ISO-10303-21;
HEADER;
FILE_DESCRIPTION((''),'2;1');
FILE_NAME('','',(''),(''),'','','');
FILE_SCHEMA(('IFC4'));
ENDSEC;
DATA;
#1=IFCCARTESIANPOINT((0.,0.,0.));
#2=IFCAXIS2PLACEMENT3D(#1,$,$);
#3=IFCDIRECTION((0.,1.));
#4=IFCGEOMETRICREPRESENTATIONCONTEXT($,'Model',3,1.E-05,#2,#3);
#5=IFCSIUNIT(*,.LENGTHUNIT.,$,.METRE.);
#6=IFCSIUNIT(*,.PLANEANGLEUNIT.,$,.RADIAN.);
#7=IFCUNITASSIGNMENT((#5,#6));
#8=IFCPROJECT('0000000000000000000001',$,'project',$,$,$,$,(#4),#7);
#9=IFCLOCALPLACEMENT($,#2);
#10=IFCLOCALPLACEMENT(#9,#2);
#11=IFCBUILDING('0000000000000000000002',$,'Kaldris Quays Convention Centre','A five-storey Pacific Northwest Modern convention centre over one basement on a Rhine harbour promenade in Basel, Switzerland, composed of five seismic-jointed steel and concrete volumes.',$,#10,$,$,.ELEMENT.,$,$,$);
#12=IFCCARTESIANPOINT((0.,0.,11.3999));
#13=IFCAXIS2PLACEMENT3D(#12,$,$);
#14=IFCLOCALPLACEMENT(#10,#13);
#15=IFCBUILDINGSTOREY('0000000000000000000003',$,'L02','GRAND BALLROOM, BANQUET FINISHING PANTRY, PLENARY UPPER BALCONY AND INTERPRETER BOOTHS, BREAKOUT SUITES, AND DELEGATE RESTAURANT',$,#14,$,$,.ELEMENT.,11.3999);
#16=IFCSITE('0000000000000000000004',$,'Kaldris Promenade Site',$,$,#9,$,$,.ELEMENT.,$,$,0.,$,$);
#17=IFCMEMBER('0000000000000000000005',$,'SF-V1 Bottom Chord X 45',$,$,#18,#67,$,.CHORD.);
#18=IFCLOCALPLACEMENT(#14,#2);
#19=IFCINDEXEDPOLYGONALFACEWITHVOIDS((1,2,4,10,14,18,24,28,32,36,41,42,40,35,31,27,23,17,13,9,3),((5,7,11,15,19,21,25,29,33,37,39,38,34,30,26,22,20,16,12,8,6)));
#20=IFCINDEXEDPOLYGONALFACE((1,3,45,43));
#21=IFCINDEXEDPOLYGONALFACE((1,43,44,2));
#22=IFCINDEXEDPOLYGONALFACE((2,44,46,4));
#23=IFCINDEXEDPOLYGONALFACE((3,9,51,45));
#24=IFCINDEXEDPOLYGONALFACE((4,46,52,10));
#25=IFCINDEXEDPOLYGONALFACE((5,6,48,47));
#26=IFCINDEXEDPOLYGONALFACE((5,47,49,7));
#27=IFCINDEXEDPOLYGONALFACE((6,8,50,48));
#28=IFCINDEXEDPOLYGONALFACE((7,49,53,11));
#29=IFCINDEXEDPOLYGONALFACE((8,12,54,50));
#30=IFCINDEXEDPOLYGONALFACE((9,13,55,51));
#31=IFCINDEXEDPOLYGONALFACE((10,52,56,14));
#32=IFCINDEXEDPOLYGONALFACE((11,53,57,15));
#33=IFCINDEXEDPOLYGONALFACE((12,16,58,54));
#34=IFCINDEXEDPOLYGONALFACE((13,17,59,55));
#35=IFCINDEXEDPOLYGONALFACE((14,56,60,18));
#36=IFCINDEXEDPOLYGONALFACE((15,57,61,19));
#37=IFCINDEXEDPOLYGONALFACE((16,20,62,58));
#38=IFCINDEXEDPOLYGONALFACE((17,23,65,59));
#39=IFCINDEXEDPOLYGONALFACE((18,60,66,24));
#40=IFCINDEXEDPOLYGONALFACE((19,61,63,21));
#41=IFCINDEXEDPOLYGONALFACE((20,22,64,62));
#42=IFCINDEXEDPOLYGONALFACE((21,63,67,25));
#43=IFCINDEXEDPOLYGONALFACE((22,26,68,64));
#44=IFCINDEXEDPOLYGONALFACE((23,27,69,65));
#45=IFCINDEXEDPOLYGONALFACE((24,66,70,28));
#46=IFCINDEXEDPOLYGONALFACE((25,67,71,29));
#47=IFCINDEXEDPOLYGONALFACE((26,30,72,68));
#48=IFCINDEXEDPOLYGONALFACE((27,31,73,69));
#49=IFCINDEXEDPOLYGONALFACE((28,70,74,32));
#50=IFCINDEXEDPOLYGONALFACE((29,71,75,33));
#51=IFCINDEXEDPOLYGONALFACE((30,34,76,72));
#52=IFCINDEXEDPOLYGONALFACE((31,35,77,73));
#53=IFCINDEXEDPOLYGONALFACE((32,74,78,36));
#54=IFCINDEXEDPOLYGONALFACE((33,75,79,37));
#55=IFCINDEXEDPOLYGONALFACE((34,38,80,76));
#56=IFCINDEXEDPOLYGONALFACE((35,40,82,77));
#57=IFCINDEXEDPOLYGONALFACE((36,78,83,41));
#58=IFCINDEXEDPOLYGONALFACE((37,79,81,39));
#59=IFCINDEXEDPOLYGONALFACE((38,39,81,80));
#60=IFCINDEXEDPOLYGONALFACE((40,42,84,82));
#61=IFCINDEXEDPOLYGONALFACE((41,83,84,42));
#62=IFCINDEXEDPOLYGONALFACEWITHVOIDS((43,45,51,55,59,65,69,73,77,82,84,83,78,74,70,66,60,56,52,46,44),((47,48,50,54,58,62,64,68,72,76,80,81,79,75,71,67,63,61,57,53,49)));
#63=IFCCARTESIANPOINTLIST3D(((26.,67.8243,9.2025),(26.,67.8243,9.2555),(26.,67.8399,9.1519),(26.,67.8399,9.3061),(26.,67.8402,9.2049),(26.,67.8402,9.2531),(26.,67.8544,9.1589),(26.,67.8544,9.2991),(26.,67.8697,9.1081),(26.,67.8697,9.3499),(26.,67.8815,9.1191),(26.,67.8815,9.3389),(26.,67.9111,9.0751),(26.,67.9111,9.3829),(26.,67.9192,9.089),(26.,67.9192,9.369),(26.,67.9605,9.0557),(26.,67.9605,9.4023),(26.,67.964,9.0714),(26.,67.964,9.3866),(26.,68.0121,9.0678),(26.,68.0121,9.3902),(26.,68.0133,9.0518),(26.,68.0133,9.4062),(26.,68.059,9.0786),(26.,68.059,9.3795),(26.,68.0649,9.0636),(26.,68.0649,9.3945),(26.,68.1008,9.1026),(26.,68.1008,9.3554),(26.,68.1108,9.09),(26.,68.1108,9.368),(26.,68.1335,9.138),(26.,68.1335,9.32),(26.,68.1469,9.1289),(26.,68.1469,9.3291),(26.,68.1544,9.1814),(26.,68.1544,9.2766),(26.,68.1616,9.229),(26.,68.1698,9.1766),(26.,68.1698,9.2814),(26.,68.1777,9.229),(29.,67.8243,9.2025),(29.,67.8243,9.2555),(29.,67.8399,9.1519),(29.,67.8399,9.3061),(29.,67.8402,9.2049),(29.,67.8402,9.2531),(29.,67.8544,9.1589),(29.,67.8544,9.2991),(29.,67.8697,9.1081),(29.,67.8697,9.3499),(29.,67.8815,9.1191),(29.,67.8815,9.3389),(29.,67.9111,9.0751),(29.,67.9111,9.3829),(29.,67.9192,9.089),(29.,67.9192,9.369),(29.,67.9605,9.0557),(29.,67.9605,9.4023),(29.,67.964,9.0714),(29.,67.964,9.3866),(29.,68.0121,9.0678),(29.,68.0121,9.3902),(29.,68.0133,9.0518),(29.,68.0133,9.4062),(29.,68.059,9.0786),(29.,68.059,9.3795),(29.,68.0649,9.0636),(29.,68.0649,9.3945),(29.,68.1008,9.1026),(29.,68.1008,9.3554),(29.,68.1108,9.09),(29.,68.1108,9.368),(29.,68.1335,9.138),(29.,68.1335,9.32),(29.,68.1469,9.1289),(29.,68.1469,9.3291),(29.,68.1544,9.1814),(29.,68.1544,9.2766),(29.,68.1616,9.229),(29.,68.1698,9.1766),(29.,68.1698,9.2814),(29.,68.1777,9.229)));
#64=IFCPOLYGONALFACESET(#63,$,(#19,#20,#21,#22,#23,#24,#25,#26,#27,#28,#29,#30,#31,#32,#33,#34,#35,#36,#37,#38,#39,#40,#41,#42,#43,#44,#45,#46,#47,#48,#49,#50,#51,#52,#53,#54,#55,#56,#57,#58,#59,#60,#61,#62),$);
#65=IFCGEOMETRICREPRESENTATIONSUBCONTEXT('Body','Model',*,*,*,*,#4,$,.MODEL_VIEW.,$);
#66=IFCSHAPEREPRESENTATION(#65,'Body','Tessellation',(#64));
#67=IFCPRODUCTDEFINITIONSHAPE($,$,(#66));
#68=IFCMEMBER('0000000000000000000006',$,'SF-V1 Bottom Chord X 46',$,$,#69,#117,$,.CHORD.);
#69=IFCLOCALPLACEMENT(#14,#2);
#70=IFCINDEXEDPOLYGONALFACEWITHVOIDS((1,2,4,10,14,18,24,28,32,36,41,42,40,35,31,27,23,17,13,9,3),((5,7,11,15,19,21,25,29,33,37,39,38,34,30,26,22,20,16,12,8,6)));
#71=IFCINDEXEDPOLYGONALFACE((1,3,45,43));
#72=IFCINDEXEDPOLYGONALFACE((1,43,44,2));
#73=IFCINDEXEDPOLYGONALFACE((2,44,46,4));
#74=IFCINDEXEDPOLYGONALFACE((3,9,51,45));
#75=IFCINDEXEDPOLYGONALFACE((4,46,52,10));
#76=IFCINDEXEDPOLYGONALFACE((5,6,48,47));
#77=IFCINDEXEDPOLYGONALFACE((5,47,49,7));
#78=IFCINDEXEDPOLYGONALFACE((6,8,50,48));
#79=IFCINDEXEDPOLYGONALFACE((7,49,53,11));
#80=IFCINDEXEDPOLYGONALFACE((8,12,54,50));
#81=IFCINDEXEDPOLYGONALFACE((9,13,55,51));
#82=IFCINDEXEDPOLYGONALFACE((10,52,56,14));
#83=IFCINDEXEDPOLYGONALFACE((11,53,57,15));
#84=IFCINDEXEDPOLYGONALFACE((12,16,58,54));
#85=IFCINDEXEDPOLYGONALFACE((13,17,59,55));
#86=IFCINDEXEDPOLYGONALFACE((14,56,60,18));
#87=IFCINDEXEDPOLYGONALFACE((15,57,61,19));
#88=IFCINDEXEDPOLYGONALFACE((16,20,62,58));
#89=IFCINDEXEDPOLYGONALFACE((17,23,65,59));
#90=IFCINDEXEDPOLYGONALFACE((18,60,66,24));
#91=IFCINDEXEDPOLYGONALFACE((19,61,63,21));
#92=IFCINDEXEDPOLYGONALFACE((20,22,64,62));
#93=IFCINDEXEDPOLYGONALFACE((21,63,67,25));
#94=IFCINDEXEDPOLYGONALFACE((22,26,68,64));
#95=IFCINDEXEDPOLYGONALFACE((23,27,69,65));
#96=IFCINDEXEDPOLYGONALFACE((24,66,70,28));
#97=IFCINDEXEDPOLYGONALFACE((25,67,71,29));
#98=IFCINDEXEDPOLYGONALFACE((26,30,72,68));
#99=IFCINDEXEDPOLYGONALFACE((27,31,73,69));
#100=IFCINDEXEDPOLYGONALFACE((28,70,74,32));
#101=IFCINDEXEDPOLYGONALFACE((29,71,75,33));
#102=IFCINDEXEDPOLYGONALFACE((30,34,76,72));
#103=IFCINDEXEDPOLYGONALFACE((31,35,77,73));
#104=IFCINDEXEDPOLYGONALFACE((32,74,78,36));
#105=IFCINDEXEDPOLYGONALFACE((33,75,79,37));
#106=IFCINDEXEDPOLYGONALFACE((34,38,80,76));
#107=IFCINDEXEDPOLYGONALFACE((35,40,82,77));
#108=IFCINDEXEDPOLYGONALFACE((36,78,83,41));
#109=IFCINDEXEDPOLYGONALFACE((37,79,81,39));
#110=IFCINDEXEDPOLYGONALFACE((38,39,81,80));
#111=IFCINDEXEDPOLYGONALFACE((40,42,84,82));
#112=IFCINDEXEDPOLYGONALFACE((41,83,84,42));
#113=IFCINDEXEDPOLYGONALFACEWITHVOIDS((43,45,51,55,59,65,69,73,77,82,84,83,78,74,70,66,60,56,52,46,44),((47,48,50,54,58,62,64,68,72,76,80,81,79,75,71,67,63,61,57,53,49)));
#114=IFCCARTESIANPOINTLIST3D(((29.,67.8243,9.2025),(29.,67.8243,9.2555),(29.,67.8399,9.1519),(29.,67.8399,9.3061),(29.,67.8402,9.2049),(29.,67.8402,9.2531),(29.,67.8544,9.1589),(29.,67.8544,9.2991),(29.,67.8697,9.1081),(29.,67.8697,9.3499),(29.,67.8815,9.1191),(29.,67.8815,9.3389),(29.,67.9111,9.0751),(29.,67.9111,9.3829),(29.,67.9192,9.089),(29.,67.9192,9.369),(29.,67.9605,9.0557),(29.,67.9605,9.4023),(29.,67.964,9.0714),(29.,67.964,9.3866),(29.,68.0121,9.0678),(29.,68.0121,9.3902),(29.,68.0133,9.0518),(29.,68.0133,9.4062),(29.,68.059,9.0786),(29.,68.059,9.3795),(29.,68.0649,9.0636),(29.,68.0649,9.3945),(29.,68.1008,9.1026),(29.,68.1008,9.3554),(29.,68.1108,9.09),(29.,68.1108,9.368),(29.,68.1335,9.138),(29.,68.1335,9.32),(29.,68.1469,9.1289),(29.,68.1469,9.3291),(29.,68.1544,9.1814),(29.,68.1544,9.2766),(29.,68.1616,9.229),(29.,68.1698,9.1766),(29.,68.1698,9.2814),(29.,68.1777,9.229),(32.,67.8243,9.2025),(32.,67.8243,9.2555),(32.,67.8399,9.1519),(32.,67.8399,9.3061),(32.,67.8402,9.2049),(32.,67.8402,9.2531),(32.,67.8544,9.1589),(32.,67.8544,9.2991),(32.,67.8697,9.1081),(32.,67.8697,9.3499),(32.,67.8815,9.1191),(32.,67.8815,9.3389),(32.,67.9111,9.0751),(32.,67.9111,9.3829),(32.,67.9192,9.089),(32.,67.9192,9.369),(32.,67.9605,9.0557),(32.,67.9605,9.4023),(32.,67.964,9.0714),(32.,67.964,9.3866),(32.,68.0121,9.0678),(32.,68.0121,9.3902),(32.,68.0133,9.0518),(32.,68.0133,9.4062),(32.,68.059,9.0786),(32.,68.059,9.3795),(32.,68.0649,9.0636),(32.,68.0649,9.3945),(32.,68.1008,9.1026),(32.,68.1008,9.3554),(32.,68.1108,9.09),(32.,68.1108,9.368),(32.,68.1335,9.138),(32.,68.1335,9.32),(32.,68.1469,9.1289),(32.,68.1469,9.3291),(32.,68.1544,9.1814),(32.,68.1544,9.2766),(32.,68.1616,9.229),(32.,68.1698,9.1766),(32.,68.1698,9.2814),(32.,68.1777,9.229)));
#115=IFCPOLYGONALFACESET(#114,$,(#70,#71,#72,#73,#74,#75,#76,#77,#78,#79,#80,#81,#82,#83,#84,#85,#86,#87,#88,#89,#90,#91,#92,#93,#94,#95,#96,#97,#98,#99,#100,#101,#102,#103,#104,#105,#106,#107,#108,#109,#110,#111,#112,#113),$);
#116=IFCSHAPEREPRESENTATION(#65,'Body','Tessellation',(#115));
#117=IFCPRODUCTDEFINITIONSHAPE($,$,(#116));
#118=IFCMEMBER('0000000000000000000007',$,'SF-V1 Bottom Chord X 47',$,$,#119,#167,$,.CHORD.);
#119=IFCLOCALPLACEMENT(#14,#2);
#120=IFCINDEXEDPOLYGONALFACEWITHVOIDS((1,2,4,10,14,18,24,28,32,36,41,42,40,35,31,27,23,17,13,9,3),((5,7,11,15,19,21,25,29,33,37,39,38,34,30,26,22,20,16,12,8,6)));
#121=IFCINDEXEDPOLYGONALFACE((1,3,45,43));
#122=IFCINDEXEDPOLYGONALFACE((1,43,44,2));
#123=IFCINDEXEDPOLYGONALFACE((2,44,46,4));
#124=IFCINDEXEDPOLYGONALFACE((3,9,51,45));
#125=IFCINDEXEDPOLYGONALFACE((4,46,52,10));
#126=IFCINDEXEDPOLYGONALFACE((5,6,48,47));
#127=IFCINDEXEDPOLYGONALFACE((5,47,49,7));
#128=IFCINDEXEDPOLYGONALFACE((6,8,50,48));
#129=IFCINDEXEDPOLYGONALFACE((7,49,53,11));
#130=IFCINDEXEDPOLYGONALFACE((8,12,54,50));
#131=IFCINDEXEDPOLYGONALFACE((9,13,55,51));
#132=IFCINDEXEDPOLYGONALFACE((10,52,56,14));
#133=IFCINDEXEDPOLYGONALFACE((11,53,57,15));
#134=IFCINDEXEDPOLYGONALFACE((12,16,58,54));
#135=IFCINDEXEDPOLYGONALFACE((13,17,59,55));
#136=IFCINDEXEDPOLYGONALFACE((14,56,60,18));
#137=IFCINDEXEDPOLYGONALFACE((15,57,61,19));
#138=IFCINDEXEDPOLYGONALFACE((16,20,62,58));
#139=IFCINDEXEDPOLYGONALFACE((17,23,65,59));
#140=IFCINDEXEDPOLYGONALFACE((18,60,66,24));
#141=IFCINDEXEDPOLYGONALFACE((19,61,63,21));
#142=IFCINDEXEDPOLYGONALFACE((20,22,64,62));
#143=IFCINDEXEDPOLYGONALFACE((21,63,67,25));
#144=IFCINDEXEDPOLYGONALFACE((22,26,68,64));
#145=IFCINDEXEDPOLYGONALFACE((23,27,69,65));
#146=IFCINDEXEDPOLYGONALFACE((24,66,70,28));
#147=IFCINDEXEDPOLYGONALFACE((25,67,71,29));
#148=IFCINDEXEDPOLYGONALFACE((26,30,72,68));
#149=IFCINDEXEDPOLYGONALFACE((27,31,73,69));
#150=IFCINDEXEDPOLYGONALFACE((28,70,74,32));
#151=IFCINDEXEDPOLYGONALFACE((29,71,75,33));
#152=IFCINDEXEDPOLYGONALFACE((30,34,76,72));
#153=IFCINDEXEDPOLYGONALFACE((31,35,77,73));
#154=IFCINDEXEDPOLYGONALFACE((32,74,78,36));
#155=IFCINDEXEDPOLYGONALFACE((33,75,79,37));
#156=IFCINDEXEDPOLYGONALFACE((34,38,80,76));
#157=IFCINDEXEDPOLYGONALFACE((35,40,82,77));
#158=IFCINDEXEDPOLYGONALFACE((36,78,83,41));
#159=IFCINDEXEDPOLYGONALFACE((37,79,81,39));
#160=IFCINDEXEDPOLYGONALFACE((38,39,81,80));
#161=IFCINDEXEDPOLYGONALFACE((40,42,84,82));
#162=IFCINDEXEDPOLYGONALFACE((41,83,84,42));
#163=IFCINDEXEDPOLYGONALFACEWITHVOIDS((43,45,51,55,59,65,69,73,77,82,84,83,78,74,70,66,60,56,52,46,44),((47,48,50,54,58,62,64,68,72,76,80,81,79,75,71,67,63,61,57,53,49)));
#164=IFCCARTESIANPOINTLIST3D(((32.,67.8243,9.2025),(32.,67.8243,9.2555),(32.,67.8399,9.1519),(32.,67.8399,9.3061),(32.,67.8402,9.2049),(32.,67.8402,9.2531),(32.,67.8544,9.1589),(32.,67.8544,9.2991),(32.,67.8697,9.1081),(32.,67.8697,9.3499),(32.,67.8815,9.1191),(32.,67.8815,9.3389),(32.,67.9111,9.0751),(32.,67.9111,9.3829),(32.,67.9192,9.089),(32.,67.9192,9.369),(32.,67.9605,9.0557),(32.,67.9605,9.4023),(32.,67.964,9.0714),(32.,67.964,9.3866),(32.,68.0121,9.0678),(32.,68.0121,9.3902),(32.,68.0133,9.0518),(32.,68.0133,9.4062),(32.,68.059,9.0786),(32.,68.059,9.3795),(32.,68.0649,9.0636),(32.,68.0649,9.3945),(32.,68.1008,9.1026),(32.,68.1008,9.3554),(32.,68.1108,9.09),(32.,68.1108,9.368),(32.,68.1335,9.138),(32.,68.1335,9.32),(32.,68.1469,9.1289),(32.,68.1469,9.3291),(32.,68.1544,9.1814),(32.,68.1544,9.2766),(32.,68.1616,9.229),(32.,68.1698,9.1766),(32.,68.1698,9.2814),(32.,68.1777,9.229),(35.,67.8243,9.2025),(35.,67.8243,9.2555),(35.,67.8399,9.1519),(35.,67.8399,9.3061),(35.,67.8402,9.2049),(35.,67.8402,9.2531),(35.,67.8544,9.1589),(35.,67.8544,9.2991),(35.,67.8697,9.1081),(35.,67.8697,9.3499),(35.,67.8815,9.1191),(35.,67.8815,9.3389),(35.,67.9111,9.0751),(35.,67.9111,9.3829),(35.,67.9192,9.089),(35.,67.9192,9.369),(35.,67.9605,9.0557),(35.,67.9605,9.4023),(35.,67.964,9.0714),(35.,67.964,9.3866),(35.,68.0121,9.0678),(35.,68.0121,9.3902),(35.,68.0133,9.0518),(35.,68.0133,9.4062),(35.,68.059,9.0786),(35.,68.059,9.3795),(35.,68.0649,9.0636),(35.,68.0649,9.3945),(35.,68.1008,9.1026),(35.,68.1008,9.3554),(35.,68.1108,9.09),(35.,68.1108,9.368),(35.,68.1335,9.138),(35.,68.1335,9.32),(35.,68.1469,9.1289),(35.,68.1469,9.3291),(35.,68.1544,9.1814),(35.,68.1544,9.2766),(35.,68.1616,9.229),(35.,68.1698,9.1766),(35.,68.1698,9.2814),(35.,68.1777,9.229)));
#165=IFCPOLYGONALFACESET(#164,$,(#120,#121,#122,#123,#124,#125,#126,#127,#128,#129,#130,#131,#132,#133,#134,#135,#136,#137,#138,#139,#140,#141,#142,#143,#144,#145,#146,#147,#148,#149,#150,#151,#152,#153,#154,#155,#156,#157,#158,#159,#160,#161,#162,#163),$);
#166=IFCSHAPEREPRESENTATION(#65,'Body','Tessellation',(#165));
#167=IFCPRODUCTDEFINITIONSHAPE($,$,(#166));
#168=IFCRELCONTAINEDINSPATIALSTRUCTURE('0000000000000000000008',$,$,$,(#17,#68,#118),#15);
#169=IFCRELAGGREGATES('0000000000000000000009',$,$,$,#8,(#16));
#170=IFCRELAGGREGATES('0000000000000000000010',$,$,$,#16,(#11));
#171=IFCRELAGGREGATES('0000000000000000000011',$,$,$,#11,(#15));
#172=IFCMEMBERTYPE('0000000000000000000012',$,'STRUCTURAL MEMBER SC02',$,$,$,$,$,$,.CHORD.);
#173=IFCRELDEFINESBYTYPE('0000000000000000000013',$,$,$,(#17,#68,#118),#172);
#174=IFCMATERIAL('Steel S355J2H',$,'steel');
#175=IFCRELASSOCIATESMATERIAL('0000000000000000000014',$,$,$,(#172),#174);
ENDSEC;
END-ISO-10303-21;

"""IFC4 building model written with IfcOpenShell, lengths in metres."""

from ifc_helpers import new_model, si_unit, direction, frame, origin, origin_2d, place, context, subcontext, project, spatial, hollow_circle, extrude, material, material_profile, profile_set, type_object, element, save


model = new_model("IFC4")

# Units and contexts
model_context = context("Model", 3, precision=1e-05, world=origin(), true_north=direction((0.0, 1.0)))
body_context = subcontext(model_context, "Body", "Model", "MODEL_VIEW")
ifc_project = project(units=[si_unit("LENGTHUNIT", "METRE"), si_unit("PLANEANGLEUNIT", "RADIAN")], contexts=[model_context])

# Site, building, storey
site_placement = place(None, origin())
site = spatial("IfcSite", under=ifc_project, at=site_placement, Name="Kaldris Promenade Site", CompositionType="ELEMENT", RefElevation=0.0)
building_placement = place(site_placement, origin())
building = spatial("IfcBuilding", under=site, at=building_placement, Name="Kaldris Quays Convention Centre", Description="A five-storey Pacific Northwest Modern convention centre over one basement on a Rhine harbour promenade in Basel, Switzerland, composed of five seismic-jointed steel and concrete volumes.", CompositionType="ELEMENT")
storey_placement = place(building_placement, frame((0.0, 0.0, 11.3999)))
storey = spatial("IfcBuildingStorey", under=building, at=storey_placement, Name="L02", Description="GRAND BALLROOM, BANQUET FINISHING PANTRY, PLENARY UPPER BALCONY AND INTERPRETER BOOTHS, BREAKOUT SUITES, AND DELEGATE RESTAURANT", CompositionType="ELEMENT", Elevation=11.3999)

# Members
ifc_material_1 = material(Name="Steel S355J2H", Category="steel")
ifc_material_profile_1 = material_profile(ifc_material_1, hollow_circle(Radius=0.1777, WallThickness=0.0161, at=origin_2d()), Name="CHS 355.6x16")
ifc_profile_set_1 = profile_set([ifc_material_profile_1], Name="Steel S355J2H")
member_type_1 = type_object("IfcMemberType", Name="STRUCTURAL MEMBER SC02", PredefinedType="CHORD", material=ifc_profile_set_1)
for number, where, z_axis, x_axis, name in (
    (1, (26.0, 68.0, 9.229), (1.0, 0.0, 0.0), (0.0, 1.0, 0.0), "SF-V1 Bottom Chord X 45"),
    (2, (29.0, 68.0, 9.229), (1.0, 0.0, 0.0), (0.0, 1.0, 0.0), "SF-V1 Bottom Chord X 46"),
    (3, (32.0, 68.0, 9.229), (1.0, 0.0, 0.0), (0.0, 1.0, 0.0), "SF-V1 Bottom Chord X 47"),
):
    element("IfcMember", number, at=place(storey_placement, frame(where, z_axis=z_axis, x_axis=x_axis)), inside=storey, type_object=member_type_1, Name=name, PredefinedType="CHORD", context=body_context, shape_type="SweptSolid", body=[
        extrude(hollow_circle(Radius=0.1777, WallThickness=0.0161, at=origin_2d()), origin(), (0.0, 0.0, 1.0), 3.0),
    ])

save(model, "model.ifc")
